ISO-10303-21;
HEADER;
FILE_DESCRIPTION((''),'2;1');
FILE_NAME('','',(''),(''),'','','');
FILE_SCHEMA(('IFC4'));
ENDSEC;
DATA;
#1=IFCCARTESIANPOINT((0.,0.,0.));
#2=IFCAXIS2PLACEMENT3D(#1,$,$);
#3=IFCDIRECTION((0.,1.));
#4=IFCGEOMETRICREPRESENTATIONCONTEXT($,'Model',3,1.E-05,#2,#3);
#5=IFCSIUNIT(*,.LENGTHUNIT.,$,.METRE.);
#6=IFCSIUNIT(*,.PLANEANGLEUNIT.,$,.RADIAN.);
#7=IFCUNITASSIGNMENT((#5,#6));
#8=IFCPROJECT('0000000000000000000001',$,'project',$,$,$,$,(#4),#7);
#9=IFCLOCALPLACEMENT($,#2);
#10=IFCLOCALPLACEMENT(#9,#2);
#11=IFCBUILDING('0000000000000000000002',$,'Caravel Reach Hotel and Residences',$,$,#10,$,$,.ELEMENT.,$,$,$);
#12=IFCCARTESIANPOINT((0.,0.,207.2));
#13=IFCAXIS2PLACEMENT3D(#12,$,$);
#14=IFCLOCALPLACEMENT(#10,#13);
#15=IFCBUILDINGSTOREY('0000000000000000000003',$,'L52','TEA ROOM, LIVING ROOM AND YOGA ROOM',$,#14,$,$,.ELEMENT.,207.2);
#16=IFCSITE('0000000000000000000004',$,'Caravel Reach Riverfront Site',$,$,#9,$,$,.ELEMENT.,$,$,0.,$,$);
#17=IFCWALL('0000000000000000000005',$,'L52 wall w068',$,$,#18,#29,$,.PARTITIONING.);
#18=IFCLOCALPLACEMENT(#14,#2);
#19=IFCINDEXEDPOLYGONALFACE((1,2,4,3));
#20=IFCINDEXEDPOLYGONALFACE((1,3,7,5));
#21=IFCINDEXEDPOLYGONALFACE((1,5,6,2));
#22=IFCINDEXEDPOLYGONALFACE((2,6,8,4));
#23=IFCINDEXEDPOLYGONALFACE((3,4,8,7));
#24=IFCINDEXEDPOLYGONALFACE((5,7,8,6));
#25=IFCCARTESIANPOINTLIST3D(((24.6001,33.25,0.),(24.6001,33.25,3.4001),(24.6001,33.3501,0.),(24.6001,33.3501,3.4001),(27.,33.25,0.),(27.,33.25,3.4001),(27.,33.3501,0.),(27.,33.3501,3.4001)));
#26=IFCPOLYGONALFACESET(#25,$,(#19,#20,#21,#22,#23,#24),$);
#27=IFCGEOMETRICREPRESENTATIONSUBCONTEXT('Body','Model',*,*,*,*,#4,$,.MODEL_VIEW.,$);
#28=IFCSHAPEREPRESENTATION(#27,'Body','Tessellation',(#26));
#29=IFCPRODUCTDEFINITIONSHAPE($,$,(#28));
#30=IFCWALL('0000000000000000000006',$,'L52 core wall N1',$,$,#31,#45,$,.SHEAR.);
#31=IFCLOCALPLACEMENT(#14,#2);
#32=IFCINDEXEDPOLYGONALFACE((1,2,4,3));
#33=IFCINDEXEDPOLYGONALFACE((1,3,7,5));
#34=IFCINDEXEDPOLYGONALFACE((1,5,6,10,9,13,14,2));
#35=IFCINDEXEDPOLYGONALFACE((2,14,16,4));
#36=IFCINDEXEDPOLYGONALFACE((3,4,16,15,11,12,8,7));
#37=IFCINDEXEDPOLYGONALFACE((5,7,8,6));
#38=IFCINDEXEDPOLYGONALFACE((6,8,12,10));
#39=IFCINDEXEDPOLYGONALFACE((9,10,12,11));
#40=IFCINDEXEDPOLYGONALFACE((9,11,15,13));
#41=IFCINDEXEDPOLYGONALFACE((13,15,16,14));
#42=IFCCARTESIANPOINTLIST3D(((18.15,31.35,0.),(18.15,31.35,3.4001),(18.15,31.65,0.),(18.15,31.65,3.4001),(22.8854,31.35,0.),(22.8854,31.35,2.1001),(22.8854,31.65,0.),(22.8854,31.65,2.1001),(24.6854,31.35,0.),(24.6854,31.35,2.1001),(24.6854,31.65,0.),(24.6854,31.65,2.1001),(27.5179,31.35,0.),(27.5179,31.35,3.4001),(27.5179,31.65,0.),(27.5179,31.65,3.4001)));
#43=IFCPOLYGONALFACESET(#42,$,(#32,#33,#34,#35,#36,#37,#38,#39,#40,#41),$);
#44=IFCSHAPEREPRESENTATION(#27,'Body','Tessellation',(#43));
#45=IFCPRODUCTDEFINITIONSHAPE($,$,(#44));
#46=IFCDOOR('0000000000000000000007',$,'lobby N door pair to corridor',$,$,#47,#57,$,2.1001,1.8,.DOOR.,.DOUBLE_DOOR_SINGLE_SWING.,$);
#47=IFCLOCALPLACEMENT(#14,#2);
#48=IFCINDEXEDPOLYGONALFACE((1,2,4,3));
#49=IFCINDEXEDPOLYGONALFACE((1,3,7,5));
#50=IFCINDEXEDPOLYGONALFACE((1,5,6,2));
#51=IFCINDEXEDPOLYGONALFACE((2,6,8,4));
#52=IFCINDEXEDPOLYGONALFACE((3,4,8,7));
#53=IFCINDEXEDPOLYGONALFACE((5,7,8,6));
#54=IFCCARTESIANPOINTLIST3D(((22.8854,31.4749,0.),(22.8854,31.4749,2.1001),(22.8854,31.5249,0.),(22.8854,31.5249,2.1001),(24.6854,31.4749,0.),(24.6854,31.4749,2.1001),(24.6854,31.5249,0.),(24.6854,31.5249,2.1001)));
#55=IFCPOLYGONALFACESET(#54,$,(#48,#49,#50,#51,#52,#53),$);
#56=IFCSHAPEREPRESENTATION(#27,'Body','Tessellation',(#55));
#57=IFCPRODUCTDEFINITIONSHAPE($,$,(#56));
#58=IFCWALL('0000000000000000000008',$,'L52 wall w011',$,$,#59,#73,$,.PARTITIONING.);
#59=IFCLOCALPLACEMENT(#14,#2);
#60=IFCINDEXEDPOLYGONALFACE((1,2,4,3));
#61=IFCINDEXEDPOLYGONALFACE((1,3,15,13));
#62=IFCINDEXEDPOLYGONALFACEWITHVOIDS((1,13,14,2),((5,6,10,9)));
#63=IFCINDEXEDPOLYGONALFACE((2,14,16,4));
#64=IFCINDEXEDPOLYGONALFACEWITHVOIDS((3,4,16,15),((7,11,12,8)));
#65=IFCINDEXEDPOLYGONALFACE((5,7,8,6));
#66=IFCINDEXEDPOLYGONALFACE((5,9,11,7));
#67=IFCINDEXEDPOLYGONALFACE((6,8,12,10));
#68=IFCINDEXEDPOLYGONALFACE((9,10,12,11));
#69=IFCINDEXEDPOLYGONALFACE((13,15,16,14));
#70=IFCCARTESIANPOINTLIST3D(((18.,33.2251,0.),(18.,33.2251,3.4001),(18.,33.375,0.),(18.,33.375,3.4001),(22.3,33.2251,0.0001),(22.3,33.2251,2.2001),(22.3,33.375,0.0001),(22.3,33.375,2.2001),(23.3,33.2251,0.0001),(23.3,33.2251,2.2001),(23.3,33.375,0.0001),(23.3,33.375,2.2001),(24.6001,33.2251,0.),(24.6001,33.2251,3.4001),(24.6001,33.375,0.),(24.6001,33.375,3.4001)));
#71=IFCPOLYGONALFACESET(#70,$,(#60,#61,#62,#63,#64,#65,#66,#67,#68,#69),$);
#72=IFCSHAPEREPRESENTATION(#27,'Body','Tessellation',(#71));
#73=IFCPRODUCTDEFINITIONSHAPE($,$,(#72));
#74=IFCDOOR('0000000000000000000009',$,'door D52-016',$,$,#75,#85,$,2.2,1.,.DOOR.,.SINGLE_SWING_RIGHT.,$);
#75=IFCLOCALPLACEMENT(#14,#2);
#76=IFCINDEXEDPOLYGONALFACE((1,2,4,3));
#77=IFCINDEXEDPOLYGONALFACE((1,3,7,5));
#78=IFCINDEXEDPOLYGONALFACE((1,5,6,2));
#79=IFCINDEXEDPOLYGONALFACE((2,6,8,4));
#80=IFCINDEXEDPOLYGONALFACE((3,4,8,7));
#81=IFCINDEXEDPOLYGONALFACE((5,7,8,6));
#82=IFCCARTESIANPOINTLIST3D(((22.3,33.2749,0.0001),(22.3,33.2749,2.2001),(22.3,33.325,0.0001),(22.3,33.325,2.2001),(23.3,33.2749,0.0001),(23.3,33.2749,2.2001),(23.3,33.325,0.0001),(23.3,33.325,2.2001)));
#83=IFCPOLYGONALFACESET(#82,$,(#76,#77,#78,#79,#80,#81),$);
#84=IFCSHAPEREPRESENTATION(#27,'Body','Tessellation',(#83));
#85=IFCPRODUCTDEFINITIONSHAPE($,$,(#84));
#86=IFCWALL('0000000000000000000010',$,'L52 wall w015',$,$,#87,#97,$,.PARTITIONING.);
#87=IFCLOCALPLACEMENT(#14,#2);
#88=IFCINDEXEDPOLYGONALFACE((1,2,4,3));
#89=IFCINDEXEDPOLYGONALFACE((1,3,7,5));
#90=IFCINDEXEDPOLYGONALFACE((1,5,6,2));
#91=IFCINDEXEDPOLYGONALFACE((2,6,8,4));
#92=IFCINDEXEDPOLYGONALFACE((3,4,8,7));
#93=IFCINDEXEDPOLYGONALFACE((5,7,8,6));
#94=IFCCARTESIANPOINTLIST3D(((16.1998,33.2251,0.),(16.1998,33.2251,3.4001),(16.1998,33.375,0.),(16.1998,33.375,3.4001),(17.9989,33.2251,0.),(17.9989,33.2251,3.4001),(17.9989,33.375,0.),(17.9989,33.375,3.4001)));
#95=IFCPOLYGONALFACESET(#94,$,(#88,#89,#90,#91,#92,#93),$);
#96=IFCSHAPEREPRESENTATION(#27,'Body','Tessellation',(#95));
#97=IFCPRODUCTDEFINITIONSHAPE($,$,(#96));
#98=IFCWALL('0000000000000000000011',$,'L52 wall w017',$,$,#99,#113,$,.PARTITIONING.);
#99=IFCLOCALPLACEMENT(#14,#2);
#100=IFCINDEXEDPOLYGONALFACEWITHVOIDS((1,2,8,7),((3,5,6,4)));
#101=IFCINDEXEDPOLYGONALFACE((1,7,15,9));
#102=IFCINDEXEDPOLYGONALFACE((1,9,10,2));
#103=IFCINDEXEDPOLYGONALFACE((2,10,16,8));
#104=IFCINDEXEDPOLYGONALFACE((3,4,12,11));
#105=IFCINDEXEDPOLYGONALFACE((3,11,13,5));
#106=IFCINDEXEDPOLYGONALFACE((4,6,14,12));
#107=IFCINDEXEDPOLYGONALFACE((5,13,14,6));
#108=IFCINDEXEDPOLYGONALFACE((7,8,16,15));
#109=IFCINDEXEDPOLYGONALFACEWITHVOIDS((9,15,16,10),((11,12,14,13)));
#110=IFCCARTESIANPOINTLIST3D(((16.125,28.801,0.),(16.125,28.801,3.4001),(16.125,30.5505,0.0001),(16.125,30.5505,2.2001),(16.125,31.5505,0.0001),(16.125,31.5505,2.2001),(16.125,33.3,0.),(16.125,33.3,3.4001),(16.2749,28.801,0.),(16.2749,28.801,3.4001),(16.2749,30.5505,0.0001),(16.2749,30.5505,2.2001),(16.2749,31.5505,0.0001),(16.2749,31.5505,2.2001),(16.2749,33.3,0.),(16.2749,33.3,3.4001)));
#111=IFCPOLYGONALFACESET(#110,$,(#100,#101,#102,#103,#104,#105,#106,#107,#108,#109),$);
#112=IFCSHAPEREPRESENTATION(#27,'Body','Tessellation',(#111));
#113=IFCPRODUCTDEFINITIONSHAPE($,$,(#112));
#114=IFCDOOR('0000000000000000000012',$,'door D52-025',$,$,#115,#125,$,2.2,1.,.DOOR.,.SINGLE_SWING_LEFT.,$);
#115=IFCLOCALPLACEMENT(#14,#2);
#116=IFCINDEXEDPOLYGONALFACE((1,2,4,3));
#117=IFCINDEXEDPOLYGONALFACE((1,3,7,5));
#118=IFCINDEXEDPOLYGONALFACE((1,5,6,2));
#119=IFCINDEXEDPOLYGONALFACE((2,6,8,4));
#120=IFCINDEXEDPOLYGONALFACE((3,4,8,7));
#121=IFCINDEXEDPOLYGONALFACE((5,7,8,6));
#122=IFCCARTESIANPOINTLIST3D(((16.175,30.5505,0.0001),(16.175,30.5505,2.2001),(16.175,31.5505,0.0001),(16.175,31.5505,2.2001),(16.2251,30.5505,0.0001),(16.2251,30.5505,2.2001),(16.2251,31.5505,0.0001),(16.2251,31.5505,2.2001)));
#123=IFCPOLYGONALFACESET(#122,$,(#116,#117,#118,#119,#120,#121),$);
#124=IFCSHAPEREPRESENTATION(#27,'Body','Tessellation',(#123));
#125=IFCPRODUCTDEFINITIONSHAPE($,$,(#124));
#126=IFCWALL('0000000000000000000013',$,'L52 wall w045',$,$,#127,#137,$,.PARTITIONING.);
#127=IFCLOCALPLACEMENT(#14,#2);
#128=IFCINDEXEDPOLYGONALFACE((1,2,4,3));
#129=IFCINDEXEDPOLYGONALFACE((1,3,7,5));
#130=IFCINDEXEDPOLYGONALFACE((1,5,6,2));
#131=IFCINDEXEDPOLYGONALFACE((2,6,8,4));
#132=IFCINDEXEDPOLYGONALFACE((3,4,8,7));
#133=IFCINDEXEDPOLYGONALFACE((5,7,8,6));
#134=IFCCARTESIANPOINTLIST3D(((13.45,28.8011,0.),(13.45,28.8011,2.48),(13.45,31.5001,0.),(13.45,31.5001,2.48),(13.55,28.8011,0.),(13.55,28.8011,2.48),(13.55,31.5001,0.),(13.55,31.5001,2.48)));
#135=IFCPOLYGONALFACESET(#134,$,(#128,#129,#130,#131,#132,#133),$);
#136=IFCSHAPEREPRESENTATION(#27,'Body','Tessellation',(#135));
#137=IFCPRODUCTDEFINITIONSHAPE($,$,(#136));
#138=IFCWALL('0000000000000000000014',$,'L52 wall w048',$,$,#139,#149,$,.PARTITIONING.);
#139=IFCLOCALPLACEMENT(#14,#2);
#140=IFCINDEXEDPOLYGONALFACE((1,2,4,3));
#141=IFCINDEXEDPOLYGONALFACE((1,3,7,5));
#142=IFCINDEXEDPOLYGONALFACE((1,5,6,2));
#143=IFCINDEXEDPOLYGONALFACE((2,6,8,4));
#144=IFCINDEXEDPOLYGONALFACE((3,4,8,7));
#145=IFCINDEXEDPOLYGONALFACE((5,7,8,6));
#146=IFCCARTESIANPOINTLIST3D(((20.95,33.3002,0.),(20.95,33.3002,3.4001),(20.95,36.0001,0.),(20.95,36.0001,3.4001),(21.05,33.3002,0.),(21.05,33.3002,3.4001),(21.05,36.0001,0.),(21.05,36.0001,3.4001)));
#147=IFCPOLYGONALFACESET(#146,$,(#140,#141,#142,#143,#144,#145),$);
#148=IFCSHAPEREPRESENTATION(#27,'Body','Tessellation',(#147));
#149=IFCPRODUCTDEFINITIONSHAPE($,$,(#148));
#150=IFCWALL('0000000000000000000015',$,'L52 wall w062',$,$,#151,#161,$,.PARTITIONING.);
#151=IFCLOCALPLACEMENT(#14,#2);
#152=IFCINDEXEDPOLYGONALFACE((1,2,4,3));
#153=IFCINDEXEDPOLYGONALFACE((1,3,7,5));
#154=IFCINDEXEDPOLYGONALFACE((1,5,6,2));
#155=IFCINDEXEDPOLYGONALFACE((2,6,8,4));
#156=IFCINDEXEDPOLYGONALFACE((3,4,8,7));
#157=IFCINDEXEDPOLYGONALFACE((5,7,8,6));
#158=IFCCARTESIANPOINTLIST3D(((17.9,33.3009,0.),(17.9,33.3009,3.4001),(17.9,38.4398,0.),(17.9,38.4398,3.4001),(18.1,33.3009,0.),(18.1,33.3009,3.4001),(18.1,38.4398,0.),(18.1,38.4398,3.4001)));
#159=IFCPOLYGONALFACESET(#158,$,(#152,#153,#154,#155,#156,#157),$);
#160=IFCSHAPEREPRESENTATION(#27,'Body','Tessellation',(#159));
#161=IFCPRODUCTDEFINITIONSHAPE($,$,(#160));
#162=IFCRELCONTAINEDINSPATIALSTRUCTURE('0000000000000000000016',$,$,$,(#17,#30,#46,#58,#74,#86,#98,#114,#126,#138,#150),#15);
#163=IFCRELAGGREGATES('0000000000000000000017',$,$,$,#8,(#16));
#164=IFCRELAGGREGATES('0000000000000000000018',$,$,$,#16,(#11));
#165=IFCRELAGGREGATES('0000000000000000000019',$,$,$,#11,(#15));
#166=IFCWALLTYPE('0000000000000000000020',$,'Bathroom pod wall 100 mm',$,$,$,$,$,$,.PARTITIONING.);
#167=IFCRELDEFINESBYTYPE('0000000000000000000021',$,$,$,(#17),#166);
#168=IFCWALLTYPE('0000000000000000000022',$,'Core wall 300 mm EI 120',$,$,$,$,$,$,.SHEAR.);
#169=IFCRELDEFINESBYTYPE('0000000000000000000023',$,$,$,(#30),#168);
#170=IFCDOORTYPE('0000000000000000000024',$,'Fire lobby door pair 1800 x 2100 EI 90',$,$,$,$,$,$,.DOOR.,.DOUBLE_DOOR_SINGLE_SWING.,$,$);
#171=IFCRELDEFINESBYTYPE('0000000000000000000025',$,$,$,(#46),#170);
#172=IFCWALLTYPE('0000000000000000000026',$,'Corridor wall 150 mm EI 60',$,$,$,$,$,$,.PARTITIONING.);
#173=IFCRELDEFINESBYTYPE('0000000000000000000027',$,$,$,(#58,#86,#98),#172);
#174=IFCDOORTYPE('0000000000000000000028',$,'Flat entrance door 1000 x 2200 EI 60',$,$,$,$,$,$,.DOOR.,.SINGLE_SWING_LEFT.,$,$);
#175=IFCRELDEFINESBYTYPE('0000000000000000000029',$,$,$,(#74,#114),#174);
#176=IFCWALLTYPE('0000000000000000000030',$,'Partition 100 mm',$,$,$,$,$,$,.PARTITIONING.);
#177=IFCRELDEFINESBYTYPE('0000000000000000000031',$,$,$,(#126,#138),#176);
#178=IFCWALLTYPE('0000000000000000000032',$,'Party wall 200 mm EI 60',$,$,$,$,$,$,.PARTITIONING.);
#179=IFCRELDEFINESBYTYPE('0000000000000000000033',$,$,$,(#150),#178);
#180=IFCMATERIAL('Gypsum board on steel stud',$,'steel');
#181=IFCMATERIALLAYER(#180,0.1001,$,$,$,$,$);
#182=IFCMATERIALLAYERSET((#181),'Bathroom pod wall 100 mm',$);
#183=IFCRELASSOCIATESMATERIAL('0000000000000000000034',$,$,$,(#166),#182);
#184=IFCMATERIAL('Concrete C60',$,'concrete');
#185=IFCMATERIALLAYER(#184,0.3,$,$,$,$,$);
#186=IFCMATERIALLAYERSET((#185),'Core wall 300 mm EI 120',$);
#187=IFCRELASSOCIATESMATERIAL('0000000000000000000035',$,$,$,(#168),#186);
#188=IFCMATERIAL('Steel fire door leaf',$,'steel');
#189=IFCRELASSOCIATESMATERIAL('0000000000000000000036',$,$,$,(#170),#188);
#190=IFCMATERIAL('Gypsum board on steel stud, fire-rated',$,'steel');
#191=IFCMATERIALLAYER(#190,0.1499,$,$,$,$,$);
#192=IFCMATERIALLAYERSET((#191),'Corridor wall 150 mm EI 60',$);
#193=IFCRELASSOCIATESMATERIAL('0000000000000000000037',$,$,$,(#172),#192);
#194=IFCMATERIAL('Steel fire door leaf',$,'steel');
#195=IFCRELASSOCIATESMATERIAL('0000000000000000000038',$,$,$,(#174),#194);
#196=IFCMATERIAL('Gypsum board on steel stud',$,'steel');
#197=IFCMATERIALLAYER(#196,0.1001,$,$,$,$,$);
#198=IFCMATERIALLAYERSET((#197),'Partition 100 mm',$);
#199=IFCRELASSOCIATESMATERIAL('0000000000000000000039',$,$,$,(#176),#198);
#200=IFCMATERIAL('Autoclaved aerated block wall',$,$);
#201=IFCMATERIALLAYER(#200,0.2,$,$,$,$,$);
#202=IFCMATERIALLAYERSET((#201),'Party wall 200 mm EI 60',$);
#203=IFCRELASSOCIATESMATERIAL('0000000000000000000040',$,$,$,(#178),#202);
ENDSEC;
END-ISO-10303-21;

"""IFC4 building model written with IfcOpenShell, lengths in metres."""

from ifc_helpers import new_model, si_unit, direction, frame, frame_2d, origin, place, context, subcontext, project, spatial, rectangle, extrude, material, layer, layer_set, type_object, element, fill, save


model = new_model("IFC4")

# Units and contexts
model_context = context("Model", 3, precision=1e-05, world=origin(), true_north=direction((0.0, 1.0)))
body_context = subcontext(model_context, "Body", "Model", "MODEL_VIEW")
ifc_project = project(units=[si_unit("LENGTHUNIT", "METRE"), si_unit("PLANEANGLEUNIT", "RADIAN")], contexts=[model_context])

# Site, building, storey
site_placement = place(None, origin())
site = spatial("IfcSite", under=ifc_project, at=site_placement, Name="Caravel Reach Riverfront Site", CompositionType="ELEMENT", RefElevation=0.0)
building_placement = place(site_placement, origin())
building = spatial("IfcBuilding", under=site, at=building_placement, Name="Caravel Reach Hotel and Residences", CompositionType="ELEMENT")
storey_placement = place(building_placement, frame((0.0, 0.0, 207.2)))
storey = spatial("IfcBuildingStorey", under=building, at=storey_placement, Name="L52", Description="TEA ROOM, LIVING ROOM AND YOGA ROOM", CompositionType="ELEMENT", Elevation=207.2)

# Wall
ifc_material_1 = material(Name="Gypsum board on steel stud", Category="steel")
ifc_layer_1 = layer(ifc_material_1, 0.1001)
ifc_layer_set_1 = layer_set([ifc_layer_1], Name="Bathroom pod wall 100 mm")
wall_type_1 = type_object("IfcWallType", Name="Bathroom pod wall 100 mm", PredefinedType="PARTITIONING", material=ifc_layer_set_1)
wall_1_placement = place(storey_placement, frame((24.6001, 33.3, 0.0), z_axis=(0.0, 0.0, 1.0), x_axis=(1.0, 0.0, 0.0)))
element("IfcWall", 1, at=wall_1_placement, inside=storey, type_object=wall_type_1, Name="L52 wall w068", PredefinedType="PARTITIONING", context=body_context, shape_type="SweptSolid", body=[
    extrude(rectangle(XDim=2.3999, YDim=0.1001, at=frame_2d((1.2, 0.0))), origin(), (0.0, 0.0, 1.0), 3.4001),
])

# Walls, openings, doors
ifc_material_2 = material(Name="Concrete C60", Category="concrete")
ifc_layer_2 = layer(ifc_material_2, 0.3)
ifc_layer_set_2 = layer_set([ifc_layer_2], Name="Core wall 300 mm EI 120")
wall_type_2 = type_object("IfcWallType", Name="Core wall 300 mm EI 120", PredefinedType="SHEAR", material=ifc_layer_set_2)
wall_2_placement = place(storey_placement, frame((18.1499, 31.5, 0.0), z_axis=(0.0, 0.0, 1.0), x_axis=(1.0, 0.0, 0.0)))
wall_2 = element("IfcWall", 2, at=wall_2_placement, inside=storey, type_object=wall_type_2, Name="L52 core wall N1", PredefinedType="SHEAR", context=body_context, shape_type="SweptSolid", body=[
    extrude(rectangle(XDim=9.3679, YDim=0.3, at=frame_2d((4.6841, 0.0))), origin(), (0.0, 0.0, 1.0), 3.4001),
])
opening_1_placement = place(wall_2_placement, frame((4.7356, 0.0, 0.0)))
opening_1 = element("IfcOpeningElement", 3, at=opening_1_placement, cuts=wall_2, PredefinedType="OPENING", context=body_context, shape_type="SweptSolid", body=[
    extrude(rectangle(XDim=1.8, YDim=2.1001, at=frame_2d((0.8999, 1.05))), frame((0.0, 0.1599, 0.0), z_axis=(0.0, -1.0, 0.0), x_axis=(1.0, 0.0, 0.0)), (0.0, 0.0, 1.0), 0.3201),
])
ifc_material_3 = material(Name="Steel fire door leaf", Category="steel")
door_type_1 = type_object("IfcDoorType", Name="Fire lobby door pair 1800 x 2100 EI 90", OperationType="DOUBLE_DOOR_SINGLE_SWING", PredefinedType="DOOR", material=ifc_material_3)
door_1_placement = place(opening_1_placement, origin())
door_1 = element("IfcDoor", 4, at=door_1_placement, inside=storey, type_object=door_type_1, Name="lobby N door pair to corridor", OperationType="DOUBLE_DOOR_SINGLE_SWING", OverallHeight=2.1001, OverallWidth=1.8, PredefinedType="DOOR", context=body_context, shape_type="SweptSolid", body=[
    extrude(rectangle(XDim=1.8, YDim=2.1001, at=frame_2d((0.8999, 1.05))), frame((0.0, 0.0249, 0.0), z_axis=(0.0, -1.0, 0.0), x_axis=(1.0, 0.0, 0.0)), (0.0, 0.0, 1.0), 0.05),
])
fill(opening_1, door_1)
ifc_material_4 = material(Name="Gypsum board on steel stud, fire-rated", Category="steel")
ifc_layer_3 = layer(ifc_material_4, 0.1499)
ifc_layer_set_3 = layer_set([ifc_layer_3], Name="Corridor wall 150 mm EI 60")
wall_type_3 = type_object("IfcWallType", Name="Corridor wall 150 mm EI 60", PredefinedType="PARTITIONING", material=ifc_layer_set_3)
wall_3_placement = place(storey_placement, frame((18.0, 33.3, 0.0), z_axis=(0.0, 0.0, 1.0), x_axis=(1.0, 0.0, 0.0)))
wall_3 = element("IfcWall", 5, at=wall_3_placement, inside=storey, type_object=wall_type_3, Name="L52 wall w011", PredefinedType="PARTITIONING", context=body_context, shape_type="SweptSolid", body=[
    extrude(rectangle(XDim=6.6001, YDim=0.1499, at=frame_2d((3.3, 0.0))), origin(), (0.0, 0.0, 1.0), 3.4001),
])
opening_2_placement = place(wall_3_placement, frame((4.3, 0.0, 0.0)))
opening_2 = element("IfcOpeningElement", 6, at=opening_2_placement, cuts=wall_3, PredefinedType="OPENING", context=body_context, shape_type="SweptSolid", body=[
    extrude(rectangle(XDim=1.0, YDim=2.2, at=frame_2d((0.5, 1.1001))), frame((0.0, 0.085, 0.0), z_axis=(0.0, -1.0, 0.0), x_axis=(1.0, 0.0, 0.0)), (0.0, 0.0, 1.0), 0.1699),
])
ifc_material_5 = material(Name="Steel fire door leaf", Category="steel")
door_type_2 = type_object("IfcDoorType", Name="Flat entrance door 1000 x 2200 EI 60", OperationType="SINGLE_SWING_LEFT", PredefinedType="DOOR", material=ifc_material_5)
door_2_placement = place(opening_2_placement, origin())
door_2 = element("IfcDoor", 7, at=door_2_placement, inside=storey, type_object=door_type_2, Name="door D52-016", OperationType="SINGLE_SWING_RIGHT", OverallHeight=2.2, OverallWidth=1.0, PredefinedType="DOOR", context=body_context, shape_type="SweptSolid", body=[
    extrude(rectangle(XDim=1.0, YDim=2.2, at=frame_2d((0.5, 1.1001))), frame((0.0, 0.0249, 0.0), z_axis=(0.0, -1.0, 0.0), x_axis=(1.0, 0.0, 0.0)), (0.0, 0.0, 1.0), 0.05),
])
fill(opening_2, door_2)

# Wall
wall_4_placement = place(storey_placement, frame((16.2, 33.3, 0.0), z_axis=(0.0, 0.0, 1.0), x_axis=(1.0, 0.0, 0.0)))
element("IfcWall", 8, at=wall_4_placement, inside=storey, type_object=wall_type_3, Name="L52 wall w015", PredefinedType="PARTITIONING", context=body_context, shape_type="SweptSolid", body=[
    extrude(rectangle(XDim=1.7991, YDim=0.1499, at=frame_2d((0.8994, 0.0))), origin(), (0.0, 0.0, 1.0), 3.4001),
])

# Wall, opening, door
wall_5_placement = place(storey_placement, frame((16.2, 28.801, 0.0), z_axis=(0.0, 0.0, 1.0), x_axis=(0.0, 1.0, 0.0)))
wall_5 = element("IfcWall", 9, at=wall_5_placement, inside=storey, type_object=wall_type_3, Name="L52 wall w017", PredefinedType="PARTITIONING", context=body_context, shape_type="SweptSolid", body=[
    extrude(rectangle(XDim=4.499, YDim=0.1499, at=frame_2d((2.2495, 0.0))), origin(), (0.0, 0.0, 1.0), 3.4001),
])
opening_3_placement = place(wall_5_placement, frame((1.7495, 0.0, 0.0)))
opening_3 = element("IfcOpeningElement", 10, at=opening_3_placement, cuts=wall_5, PredefinedType="OPENING", context=body_context, shape_type="SweptSolid", body=[
    extrude(rectangle(XDim=1.0, YDim=2.2, at=frame_2d((0.5, 1.1001))), frame((0.0, 0.085, 0.0), z_axis=(0.0, -1.0, 0.0), x_axis=(1.0, 0.0, 0.0)), (0.0, 0.0, 1.0), 0.1699),
])
door_3_placement = place(opening_3_placement, origin())
door_3 = element("IfcDoor", 11, at=door_3_placement, inside=storey, type_object=door_type_2, Name="door D52-025", OperationType="SINGLE_SWING_LEFT", OverallHeight=2.2, OverallWidth=1.0, PredefinedType="DOOR", context=body_context, shape_type="SweptSolid", body=[
    extrude(rectangle(XDim=1.0, YDim=2.2, at=frame_2d((0.5, 1.1001))), frame((0.0, 0.0249, 0.0), z_axis=(0.0, -1.0, 0.0), x_axis=(1.0, 0.0, 0.0)), (0.0, 0.0, 1.0), 0.05),
])
fill(opening_3, door_3)

# Walls
ifc_material_6 = material(Name="Gypsum board on steel stud", Category="steel")
ifc_layer_4 = layer(ifc_material_6, 0.1001)
ifc_layer_set_4 = layer_set([ifc_layer_4], Name="Partition 100 mm")
wall_type_4 = type_object("IfcWallType", Name="Partition 100 mm", PredefinedType="PARTITIONING", material=ifc_layer_set_4)
wall_6_placement = place(storey_placement, frame((13.5, 28.801, 0.0), z_axis=(0.0, 0.0, 1.0), x_axis=(0.0, 1.0, 0.0)))
element("IfcWall", 12, at=wall_6_placement, inside=storey, type_object=wall_type_4, Name="L52 wall w045", PredefinedType="PARTITIONING", context=body_context, shape_type="SweptSolid", body=[
    extrude(rectangle(XDim=2.699, YDim=0.1001, at=frame_2d((1.3496, 0.0))), origin(), (0.0, 0.0, 1.0), 2.48),
])
wall_7_placement = place(storey_placement, frame((21.0, 33.3, 0.0), z_axis=(0.0, 0.0, 1.0), x_axis=(0.0, 1.0, 0.0)))
element("IfcWall", 13, at=wall_7_placement, inside=storey, type_object=wall_type_4, Name="L52 wall w048", PredefinedType="PARTITIONING", context=body_context, shape_type="SweptSolid", body=[
    extrude(rectangle(XDim=2.7, YDim=0.1001, at=frame_2d((1.3501, 0.0))), origin(), (0.0, 0.0, 1.0), 3.4001),
])
ifc_material_7 = material(Name="Autoclaved aerated block wall")
ifc_layer_5 = layer(ifc_material_7, 0.2)
ifc_layer_set_5 = layer_set([ifc_layer_5], Name="Party wall 200 mm EI 60")
wall_type_5 = type_object("IfcWallType", Name="Party wall 200 mm EI 60", PredefinedType="PARTITIONING", material=ifc_layer_set_5)
wall_8_placement = place(storey_placement, frame((18.0, 33.301, 0.0), z_axis=(0.0, 0.0, 1.0), x_axis=(0.0, 1.0, 0.0)))
element("IfcWall", 14, at=wall_8_placement, inside=storey, type_object=wall_type_5, Name="L52 wall w062", PredefinedType="PARTITIONING", context=body_context, shape_type="SweptSolid", body=[
    extrude(rectangle(XDim=5.1389, YDim=0.2, at=frame_2d((2.5693, 0.0))), origin(), (0.0, 0.0, 1.0), 3.4001),
])

save(model, "model.ifc")
